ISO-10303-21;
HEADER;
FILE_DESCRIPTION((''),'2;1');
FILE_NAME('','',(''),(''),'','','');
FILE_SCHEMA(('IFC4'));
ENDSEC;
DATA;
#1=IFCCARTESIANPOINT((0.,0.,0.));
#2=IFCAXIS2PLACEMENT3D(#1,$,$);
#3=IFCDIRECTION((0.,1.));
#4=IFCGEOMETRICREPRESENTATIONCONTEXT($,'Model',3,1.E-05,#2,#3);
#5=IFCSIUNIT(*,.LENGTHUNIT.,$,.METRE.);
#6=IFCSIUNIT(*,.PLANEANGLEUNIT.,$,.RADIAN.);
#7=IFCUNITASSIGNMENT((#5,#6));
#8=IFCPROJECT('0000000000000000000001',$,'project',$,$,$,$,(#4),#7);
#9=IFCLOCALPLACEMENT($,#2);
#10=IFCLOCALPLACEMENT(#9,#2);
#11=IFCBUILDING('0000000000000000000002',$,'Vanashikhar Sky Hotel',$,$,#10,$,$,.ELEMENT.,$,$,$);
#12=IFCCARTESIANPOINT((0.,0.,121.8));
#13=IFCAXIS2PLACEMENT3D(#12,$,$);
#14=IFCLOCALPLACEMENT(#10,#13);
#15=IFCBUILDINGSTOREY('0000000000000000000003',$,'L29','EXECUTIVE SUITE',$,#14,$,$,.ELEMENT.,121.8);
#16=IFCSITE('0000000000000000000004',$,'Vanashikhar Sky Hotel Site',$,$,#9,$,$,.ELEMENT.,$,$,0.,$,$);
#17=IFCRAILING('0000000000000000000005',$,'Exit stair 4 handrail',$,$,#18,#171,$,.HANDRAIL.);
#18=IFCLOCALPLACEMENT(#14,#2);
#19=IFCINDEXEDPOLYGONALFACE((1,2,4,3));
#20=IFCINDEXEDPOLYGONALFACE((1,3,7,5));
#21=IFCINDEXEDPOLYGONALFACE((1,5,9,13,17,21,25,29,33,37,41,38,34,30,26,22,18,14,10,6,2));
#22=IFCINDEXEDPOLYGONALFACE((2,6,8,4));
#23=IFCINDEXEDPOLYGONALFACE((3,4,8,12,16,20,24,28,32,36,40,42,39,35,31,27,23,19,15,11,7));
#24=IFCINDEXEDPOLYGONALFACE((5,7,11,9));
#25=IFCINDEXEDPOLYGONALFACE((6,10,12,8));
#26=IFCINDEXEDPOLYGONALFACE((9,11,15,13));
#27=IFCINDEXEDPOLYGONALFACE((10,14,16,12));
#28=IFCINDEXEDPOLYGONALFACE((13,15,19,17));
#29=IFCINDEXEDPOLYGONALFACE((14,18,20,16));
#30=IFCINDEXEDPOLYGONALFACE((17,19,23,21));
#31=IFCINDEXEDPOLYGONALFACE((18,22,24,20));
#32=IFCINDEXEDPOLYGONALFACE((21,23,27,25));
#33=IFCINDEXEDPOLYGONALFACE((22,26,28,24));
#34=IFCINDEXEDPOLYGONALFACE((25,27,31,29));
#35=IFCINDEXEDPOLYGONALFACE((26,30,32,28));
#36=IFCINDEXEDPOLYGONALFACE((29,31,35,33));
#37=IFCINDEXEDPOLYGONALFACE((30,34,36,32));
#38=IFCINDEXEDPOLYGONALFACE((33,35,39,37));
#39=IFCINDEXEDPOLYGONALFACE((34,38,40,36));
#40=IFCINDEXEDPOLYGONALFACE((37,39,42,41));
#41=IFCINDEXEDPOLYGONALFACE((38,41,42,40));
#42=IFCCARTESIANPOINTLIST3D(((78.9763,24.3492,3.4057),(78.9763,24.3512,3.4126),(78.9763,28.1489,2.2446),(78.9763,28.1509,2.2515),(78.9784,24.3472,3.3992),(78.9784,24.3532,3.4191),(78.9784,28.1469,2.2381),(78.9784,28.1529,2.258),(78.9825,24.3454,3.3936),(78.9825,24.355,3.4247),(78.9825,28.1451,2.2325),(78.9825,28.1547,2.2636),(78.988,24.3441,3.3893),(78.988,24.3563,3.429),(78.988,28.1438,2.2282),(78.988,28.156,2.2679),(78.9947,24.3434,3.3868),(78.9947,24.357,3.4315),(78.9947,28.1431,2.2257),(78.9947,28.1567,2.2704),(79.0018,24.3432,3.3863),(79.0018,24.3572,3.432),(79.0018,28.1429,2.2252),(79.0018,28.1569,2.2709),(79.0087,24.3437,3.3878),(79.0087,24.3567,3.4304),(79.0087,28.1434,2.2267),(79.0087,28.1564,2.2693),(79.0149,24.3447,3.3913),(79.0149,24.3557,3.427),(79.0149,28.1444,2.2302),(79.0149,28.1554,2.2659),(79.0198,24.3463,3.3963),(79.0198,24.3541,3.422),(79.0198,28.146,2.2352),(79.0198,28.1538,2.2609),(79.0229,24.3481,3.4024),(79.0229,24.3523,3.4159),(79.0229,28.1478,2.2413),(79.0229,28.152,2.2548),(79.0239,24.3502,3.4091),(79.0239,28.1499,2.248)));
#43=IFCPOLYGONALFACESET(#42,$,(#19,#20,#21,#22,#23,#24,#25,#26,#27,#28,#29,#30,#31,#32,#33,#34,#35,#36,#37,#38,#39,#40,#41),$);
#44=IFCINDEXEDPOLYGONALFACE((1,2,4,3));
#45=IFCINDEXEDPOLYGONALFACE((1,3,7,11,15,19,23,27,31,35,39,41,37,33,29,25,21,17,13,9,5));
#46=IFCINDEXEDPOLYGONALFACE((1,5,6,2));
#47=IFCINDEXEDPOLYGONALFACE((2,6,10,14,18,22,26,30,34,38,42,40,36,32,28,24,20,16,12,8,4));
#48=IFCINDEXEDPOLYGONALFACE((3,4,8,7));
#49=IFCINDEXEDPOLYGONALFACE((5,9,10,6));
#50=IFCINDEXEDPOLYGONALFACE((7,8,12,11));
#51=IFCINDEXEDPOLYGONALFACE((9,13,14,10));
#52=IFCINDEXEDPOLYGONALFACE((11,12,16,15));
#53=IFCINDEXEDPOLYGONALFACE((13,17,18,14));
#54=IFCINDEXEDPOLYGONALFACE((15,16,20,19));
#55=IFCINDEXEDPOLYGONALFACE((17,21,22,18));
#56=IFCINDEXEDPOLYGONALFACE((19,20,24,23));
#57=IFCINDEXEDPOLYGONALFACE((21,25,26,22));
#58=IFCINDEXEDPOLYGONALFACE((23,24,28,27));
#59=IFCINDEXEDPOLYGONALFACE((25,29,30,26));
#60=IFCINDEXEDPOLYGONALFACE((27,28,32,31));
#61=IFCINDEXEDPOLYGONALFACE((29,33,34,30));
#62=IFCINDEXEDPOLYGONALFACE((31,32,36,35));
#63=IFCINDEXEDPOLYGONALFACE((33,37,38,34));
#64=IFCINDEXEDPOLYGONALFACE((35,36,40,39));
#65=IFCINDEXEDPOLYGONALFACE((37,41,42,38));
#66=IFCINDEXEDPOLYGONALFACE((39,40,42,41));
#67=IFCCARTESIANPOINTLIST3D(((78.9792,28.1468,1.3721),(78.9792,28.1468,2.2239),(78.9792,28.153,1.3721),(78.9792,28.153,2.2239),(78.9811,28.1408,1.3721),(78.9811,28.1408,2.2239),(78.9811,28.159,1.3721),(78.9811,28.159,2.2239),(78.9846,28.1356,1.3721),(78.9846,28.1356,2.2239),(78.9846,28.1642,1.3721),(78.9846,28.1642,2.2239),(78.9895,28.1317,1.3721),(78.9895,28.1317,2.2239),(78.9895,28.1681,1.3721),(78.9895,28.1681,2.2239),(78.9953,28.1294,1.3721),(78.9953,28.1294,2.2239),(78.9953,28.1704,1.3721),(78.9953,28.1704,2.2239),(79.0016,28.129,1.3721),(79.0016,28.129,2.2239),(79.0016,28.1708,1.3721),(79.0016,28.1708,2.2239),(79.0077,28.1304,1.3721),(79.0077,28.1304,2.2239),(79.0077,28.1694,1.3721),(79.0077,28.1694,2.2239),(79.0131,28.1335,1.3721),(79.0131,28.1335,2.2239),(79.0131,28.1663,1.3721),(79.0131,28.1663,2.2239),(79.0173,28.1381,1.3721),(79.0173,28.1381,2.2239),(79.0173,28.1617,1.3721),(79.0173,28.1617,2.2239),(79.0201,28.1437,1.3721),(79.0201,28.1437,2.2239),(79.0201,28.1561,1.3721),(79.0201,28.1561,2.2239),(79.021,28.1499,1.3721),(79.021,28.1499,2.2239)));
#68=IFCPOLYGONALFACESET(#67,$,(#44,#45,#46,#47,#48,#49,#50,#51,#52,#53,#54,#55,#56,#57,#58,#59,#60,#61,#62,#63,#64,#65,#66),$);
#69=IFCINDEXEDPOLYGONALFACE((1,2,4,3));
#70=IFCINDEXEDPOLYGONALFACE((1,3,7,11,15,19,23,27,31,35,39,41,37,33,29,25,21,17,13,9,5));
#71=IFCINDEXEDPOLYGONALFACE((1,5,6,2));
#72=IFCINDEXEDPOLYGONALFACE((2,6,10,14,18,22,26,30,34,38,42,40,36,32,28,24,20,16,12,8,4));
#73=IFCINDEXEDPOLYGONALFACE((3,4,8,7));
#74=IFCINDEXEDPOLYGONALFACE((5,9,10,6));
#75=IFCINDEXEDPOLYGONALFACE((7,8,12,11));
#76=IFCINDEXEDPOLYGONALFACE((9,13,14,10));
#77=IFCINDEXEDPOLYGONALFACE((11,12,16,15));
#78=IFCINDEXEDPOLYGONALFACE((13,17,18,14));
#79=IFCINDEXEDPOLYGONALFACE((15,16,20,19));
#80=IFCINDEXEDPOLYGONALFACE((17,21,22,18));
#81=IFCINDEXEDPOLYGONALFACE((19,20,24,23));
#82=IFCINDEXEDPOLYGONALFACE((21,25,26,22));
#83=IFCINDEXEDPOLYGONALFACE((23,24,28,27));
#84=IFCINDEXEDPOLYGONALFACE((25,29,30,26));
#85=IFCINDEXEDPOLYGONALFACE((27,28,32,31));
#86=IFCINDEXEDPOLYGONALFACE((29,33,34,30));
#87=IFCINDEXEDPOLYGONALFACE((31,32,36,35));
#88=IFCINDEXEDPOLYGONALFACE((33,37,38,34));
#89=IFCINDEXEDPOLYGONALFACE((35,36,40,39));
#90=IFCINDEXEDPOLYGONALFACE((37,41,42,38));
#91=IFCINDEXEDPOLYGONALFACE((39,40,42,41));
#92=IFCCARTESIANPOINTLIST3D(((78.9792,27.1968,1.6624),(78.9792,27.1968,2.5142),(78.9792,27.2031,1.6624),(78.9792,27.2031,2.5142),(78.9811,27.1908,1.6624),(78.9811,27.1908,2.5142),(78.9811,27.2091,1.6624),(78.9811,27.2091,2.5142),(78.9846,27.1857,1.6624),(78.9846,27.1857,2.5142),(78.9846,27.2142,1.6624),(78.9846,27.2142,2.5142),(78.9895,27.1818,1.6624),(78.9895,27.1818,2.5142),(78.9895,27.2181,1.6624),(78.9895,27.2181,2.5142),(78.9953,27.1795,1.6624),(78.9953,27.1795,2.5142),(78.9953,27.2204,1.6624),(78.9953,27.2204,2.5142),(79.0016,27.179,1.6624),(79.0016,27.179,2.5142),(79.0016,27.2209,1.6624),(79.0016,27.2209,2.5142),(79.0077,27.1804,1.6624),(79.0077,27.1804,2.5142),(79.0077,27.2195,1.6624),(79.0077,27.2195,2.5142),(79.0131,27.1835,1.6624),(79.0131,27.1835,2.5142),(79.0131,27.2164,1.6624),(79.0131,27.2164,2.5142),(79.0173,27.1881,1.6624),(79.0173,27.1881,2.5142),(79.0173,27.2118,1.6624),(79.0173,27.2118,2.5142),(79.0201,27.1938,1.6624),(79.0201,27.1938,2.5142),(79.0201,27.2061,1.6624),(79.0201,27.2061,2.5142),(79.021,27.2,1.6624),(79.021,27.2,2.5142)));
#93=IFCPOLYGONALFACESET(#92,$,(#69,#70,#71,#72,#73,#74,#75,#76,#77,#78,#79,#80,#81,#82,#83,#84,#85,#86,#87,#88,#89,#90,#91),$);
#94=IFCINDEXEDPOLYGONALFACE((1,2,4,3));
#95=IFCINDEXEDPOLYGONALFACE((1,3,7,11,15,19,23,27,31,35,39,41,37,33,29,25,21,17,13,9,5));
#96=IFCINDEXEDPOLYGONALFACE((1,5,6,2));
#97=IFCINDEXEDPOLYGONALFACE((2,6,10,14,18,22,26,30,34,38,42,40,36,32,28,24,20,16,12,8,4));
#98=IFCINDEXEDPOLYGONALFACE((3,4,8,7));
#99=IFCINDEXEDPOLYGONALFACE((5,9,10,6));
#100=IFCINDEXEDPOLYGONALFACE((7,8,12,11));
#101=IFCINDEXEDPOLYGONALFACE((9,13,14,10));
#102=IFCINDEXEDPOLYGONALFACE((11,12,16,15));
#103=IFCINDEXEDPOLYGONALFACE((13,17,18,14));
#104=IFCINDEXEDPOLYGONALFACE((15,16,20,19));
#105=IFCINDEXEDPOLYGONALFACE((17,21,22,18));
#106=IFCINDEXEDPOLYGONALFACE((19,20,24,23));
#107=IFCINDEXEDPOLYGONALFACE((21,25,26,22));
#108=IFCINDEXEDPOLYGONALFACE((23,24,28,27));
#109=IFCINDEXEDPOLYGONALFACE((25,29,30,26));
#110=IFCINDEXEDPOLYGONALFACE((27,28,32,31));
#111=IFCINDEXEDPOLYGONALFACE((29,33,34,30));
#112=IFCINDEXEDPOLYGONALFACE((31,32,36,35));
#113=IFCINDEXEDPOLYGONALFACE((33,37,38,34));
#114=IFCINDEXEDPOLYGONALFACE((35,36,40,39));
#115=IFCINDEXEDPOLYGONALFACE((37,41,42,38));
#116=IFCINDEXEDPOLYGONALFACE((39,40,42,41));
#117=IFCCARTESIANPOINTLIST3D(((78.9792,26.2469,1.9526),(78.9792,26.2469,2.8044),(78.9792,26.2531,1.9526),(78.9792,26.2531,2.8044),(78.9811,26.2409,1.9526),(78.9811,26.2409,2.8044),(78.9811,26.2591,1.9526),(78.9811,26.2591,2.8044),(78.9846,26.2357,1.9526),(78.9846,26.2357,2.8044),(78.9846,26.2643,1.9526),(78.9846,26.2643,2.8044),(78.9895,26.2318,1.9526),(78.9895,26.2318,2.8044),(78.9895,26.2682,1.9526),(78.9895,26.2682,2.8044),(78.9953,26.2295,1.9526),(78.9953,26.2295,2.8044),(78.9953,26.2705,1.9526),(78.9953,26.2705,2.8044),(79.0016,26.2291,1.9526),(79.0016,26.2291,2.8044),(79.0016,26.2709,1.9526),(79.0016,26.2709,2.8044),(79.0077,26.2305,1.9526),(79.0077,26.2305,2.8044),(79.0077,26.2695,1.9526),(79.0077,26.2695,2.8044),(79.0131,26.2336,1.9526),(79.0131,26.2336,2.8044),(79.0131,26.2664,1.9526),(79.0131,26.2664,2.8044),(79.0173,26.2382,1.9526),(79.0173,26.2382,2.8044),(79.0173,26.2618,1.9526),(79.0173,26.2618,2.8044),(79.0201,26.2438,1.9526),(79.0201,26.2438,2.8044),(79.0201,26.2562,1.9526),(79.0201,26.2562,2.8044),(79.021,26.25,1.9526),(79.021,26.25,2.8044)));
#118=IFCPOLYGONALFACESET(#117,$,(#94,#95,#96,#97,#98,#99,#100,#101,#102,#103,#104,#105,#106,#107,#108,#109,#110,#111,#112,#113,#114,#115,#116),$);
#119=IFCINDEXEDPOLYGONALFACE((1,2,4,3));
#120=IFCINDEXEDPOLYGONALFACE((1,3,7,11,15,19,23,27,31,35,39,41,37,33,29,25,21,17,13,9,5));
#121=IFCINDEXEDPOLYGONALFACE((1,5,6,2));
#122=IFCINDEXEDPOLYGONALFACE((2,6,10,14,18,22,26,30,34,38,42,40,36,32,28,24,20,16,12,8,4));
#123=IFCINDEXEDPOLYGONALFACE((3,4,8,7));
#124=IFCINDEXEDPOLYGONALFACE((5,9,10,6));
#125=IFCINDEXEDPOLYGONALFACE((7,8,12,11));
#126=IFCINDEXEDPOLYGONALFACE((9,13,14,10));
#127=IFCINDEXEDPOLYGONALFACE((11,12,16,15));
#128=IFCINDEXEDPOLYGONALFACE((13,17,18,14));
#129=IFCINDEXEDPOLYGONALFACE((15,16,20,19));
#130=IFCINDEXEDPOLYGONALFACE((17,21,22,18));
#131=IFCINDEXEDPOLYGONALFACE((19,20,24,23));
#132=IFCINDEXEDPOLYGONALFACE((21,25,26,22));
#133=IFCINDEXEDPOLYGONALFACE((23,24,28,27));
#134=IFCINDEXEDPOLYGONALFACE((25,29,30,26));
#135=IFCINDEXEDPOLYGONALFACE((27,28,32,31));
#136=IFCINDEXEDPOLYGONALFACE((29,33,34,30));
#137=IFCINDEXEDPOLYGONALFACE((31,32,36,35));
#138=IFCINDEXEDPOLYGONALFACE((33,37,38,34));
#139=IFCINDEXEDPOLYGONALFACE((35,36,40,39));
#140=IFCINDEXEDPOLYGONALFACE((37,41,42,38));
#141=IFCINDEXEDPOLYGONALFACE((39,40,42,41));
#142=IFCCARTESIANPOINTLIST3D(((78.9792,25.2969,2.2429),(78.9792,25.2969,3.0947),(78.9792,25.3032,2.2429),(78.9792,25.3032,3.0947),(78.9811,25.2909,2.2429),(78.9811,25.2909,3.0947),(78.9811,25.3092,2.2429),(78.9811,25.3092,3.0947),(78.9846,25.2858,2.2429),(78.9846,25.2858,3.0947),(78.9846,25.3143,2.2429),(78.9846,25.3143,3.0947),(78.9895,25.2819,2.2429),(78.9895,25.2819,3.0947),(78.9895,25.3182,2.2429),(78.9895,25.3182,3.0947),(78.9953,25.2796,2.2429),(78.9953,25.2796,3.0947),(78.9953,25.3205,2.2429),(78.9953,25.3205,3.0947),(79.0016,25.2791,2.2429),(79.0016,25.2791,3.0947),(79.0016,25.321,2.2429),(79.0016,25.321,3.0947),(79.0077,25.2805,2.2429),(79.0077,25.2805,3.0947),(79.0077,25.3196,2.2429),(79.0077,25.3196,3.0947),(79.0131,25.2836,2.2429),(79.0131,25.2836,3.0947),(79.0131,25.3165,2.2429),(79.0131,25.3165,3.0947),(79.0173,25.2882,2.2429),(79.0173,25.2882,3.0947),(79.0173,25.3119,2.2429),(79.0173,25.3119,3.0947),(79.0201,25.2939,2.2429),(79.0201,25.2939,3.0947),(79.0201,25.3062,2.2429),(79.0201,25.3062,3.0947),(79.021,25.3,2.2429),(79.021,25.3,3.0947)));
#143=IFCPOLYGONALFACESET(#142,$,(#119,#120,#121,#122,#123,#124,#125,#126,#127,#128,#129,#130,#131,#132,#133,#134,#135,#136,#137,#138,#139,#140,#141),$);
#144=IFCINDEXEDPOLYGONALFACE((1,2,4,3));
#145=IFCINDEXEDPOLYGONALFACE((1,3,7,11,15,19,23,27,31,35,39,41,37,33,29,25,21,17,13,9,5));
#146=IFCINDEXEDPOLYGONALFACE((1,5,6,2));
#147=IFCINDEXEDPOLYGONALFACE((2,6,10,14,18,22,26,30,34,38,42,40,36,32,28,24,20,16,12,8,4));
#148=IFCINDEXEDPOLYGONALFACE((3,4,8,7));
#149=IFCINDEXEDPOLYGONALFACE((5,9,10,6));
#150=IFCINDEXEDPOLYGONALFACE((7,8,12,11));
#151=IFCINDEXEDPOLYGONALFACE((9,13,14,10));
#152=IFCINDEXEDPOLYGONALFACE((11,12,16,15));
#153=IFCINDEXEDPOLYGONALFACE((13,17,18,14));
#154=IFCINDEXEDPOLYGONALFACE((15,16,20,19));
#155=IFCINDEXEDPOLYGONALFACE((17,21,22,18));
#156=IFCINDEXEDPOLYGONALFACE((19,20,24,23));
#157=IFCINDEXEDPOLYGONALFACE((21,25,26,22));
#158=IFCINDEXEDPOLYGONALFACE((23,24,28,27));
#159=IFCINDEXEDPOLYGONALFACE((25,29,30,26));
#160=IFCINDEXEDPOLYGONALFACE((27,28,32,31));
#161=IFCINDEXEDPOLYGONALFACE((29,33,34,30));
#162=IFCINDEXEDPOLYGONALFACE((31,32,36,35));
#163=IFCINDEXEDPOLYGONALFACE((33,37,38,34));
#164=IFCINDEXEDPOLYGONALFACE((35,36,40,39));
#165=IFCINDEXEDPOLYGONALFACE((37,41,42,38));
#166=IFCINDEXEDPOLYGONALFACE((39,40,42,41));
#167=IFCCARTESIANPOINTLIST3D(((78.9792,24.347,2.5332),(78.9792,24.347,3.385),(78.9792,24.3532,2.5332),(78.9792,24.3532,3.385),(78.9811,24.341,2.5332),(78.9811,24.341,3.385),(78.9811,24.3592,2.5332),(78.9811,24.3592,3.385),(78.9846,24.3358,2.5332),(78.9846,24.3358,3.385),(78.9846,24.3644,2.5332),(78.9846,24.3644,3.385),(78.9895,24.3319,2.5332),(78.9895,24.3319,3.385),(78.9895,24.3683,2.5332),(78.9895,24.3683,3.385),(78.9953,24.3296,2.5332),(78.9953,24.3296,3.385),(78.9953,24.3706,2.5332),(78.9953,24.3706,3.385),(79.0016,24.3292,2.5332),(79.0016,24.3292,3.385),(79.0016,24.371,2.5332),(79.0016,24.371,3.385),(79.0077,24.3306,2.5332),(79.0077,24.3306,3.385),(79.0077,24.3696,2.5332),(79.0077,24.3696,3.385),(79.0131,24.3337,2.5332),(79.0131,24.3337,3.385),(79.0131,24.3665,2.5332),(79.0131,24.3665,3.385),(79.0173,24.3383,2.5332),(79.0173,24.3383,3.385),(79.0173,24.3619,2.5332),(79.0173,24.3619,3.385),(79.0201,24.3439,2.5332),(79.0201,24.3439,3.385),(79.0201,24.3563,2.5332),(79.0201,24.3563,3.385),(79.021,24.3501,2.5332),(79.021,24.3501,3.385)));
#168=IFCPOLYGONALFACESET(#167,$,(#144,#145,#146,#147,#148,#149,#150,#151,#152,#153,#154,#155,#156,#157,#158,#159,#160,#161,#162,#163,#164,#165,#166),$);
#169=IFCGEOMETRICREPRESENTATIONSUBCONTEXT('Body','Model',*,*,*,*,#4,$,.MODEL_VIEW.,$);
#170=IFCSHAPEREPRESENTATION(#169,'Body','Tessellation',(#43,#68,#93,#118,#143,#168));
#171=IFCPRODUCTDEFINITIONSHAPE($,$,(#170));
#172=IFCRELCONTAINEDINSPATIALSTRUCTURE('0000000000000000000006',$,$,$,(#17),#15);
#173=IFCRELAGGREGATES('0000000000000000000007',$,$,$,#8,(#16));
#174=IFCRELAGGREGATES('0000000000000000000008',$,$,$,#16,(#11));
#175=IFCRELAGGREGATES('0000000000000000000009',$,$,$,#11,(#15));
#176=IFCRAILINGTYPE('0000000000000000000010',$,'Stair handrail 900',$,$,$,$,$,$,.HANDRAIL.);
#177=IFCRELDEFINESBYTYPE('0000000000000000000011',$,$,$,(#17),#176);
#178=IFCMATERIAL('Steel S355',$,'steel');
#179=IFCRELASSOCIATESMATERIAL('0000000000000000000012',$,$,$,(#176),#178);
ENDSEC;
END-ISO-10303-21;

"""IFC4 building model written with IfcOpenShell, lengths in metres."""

from ifc_helpers import new_model, si_unit, direction, frame, origin, origin_2d, place, context, subcontext, project, spatial, circle, extrude, source, transform, mapped, material, type_object, element, save


model = new_model("IFC4")

# Units and contexts
model_context = context("Model", 3, precision=1e-05, world=origin(), true_north=direction((0.0, 1.0)))
body_context = subcontext(model_context, "Body", "Model", "MODEL_VIEW")
ifc_project = project(units=[si_unit("LENGTHUNIT", "METRE"), si_unit("PLANEANGLEUNIT", "RADIAN")], contexts=[model_context])

# Site, building, storey
site_placement = place(None, origin())
site = spatial("IfcSite", under=ifc_project, at=site_placement, Name="Vanashikhar Sky Hotel Site", CompositionType="ELEMENT", RefElevation=0.0)
building_placement = place(site_placement, origin())
building = spatial("IfcBuilding", under=site, at=building_placement, Name="Vanashikhar Sky Hotel", CompositionType="ELEMENT")
storey_placement = place(building_placement, frame((0.0, 0.0, 121.8)))
storey = spatial("IfcBuildingStorey", under=building, at=storey_placement, Name="L29", Description="EXECUTIVE SUITE", CompositionType="ELEMENT", Elevation=121.8)

# Railing
ifc_material_1 = material(Name="Steel S355", Category="steel")
railing_type_1 = type_object("IfcRailingType", Name="Stair handrail 900", PredefinedType="HANDRAIL", material=ifc_material_1)
shared_shape_1 = source(origin(), body_context, "Body", "SweptSolid", [
    extrude(circle(Radius=0.0239, at=origin_2d()), frame((0.0, 0.0, 0.876), z_axis=(0.0, -0.956346, 0.292237), x_axis=(1.0, 0.0, 0.0)), (0.0, 0.0, 1.0), 3.9731),
    extrude(circle(Radius=0.021, at=origin_2d()), origin(), (0.0, 0.0, 1.0), 0.8518),
    extrude(circle(Radius=0.021, at=origin_2d()), frame((0.0, -0.95, 0.2903)), (0.0, 0.0, 1.0), 0.8518),
    extrude(circle(Radius=0.021, at=origin_2d()), frame((0.0, -1.8999, 0.5806)), (0.0, 0.0, 1.0), 0.8518),
    extrude(circle(Radius=0.021, at=origin_2d()), frame((0.0, -2.8499, 0.8708)), (0.0, 0.0, 1.0), 0.8518),
    extrude(circle(Radius=0.021, at=origin_2d()), frame((0.0, -3.7998, 1.1611)), (0.0, 0.0, 1.0), 0.8518),
])
railing_1_placement = place(storey_placement, frame((79.0, 28.1499, 1.3721)))
element("IfcRailing", 1, at=railing_1_placement, inside=storey, type_object=railing_type_1, Name="Exit stair 4 handrail", PredefinedType="HANDRAIL", context=body_context, shape_type="MappedRepresentation", body=[
    mapped(shared_shape_1, transform((0.0, 0.0, 0.0), scale=1.0)),
])

save(model, "model.ifc")
